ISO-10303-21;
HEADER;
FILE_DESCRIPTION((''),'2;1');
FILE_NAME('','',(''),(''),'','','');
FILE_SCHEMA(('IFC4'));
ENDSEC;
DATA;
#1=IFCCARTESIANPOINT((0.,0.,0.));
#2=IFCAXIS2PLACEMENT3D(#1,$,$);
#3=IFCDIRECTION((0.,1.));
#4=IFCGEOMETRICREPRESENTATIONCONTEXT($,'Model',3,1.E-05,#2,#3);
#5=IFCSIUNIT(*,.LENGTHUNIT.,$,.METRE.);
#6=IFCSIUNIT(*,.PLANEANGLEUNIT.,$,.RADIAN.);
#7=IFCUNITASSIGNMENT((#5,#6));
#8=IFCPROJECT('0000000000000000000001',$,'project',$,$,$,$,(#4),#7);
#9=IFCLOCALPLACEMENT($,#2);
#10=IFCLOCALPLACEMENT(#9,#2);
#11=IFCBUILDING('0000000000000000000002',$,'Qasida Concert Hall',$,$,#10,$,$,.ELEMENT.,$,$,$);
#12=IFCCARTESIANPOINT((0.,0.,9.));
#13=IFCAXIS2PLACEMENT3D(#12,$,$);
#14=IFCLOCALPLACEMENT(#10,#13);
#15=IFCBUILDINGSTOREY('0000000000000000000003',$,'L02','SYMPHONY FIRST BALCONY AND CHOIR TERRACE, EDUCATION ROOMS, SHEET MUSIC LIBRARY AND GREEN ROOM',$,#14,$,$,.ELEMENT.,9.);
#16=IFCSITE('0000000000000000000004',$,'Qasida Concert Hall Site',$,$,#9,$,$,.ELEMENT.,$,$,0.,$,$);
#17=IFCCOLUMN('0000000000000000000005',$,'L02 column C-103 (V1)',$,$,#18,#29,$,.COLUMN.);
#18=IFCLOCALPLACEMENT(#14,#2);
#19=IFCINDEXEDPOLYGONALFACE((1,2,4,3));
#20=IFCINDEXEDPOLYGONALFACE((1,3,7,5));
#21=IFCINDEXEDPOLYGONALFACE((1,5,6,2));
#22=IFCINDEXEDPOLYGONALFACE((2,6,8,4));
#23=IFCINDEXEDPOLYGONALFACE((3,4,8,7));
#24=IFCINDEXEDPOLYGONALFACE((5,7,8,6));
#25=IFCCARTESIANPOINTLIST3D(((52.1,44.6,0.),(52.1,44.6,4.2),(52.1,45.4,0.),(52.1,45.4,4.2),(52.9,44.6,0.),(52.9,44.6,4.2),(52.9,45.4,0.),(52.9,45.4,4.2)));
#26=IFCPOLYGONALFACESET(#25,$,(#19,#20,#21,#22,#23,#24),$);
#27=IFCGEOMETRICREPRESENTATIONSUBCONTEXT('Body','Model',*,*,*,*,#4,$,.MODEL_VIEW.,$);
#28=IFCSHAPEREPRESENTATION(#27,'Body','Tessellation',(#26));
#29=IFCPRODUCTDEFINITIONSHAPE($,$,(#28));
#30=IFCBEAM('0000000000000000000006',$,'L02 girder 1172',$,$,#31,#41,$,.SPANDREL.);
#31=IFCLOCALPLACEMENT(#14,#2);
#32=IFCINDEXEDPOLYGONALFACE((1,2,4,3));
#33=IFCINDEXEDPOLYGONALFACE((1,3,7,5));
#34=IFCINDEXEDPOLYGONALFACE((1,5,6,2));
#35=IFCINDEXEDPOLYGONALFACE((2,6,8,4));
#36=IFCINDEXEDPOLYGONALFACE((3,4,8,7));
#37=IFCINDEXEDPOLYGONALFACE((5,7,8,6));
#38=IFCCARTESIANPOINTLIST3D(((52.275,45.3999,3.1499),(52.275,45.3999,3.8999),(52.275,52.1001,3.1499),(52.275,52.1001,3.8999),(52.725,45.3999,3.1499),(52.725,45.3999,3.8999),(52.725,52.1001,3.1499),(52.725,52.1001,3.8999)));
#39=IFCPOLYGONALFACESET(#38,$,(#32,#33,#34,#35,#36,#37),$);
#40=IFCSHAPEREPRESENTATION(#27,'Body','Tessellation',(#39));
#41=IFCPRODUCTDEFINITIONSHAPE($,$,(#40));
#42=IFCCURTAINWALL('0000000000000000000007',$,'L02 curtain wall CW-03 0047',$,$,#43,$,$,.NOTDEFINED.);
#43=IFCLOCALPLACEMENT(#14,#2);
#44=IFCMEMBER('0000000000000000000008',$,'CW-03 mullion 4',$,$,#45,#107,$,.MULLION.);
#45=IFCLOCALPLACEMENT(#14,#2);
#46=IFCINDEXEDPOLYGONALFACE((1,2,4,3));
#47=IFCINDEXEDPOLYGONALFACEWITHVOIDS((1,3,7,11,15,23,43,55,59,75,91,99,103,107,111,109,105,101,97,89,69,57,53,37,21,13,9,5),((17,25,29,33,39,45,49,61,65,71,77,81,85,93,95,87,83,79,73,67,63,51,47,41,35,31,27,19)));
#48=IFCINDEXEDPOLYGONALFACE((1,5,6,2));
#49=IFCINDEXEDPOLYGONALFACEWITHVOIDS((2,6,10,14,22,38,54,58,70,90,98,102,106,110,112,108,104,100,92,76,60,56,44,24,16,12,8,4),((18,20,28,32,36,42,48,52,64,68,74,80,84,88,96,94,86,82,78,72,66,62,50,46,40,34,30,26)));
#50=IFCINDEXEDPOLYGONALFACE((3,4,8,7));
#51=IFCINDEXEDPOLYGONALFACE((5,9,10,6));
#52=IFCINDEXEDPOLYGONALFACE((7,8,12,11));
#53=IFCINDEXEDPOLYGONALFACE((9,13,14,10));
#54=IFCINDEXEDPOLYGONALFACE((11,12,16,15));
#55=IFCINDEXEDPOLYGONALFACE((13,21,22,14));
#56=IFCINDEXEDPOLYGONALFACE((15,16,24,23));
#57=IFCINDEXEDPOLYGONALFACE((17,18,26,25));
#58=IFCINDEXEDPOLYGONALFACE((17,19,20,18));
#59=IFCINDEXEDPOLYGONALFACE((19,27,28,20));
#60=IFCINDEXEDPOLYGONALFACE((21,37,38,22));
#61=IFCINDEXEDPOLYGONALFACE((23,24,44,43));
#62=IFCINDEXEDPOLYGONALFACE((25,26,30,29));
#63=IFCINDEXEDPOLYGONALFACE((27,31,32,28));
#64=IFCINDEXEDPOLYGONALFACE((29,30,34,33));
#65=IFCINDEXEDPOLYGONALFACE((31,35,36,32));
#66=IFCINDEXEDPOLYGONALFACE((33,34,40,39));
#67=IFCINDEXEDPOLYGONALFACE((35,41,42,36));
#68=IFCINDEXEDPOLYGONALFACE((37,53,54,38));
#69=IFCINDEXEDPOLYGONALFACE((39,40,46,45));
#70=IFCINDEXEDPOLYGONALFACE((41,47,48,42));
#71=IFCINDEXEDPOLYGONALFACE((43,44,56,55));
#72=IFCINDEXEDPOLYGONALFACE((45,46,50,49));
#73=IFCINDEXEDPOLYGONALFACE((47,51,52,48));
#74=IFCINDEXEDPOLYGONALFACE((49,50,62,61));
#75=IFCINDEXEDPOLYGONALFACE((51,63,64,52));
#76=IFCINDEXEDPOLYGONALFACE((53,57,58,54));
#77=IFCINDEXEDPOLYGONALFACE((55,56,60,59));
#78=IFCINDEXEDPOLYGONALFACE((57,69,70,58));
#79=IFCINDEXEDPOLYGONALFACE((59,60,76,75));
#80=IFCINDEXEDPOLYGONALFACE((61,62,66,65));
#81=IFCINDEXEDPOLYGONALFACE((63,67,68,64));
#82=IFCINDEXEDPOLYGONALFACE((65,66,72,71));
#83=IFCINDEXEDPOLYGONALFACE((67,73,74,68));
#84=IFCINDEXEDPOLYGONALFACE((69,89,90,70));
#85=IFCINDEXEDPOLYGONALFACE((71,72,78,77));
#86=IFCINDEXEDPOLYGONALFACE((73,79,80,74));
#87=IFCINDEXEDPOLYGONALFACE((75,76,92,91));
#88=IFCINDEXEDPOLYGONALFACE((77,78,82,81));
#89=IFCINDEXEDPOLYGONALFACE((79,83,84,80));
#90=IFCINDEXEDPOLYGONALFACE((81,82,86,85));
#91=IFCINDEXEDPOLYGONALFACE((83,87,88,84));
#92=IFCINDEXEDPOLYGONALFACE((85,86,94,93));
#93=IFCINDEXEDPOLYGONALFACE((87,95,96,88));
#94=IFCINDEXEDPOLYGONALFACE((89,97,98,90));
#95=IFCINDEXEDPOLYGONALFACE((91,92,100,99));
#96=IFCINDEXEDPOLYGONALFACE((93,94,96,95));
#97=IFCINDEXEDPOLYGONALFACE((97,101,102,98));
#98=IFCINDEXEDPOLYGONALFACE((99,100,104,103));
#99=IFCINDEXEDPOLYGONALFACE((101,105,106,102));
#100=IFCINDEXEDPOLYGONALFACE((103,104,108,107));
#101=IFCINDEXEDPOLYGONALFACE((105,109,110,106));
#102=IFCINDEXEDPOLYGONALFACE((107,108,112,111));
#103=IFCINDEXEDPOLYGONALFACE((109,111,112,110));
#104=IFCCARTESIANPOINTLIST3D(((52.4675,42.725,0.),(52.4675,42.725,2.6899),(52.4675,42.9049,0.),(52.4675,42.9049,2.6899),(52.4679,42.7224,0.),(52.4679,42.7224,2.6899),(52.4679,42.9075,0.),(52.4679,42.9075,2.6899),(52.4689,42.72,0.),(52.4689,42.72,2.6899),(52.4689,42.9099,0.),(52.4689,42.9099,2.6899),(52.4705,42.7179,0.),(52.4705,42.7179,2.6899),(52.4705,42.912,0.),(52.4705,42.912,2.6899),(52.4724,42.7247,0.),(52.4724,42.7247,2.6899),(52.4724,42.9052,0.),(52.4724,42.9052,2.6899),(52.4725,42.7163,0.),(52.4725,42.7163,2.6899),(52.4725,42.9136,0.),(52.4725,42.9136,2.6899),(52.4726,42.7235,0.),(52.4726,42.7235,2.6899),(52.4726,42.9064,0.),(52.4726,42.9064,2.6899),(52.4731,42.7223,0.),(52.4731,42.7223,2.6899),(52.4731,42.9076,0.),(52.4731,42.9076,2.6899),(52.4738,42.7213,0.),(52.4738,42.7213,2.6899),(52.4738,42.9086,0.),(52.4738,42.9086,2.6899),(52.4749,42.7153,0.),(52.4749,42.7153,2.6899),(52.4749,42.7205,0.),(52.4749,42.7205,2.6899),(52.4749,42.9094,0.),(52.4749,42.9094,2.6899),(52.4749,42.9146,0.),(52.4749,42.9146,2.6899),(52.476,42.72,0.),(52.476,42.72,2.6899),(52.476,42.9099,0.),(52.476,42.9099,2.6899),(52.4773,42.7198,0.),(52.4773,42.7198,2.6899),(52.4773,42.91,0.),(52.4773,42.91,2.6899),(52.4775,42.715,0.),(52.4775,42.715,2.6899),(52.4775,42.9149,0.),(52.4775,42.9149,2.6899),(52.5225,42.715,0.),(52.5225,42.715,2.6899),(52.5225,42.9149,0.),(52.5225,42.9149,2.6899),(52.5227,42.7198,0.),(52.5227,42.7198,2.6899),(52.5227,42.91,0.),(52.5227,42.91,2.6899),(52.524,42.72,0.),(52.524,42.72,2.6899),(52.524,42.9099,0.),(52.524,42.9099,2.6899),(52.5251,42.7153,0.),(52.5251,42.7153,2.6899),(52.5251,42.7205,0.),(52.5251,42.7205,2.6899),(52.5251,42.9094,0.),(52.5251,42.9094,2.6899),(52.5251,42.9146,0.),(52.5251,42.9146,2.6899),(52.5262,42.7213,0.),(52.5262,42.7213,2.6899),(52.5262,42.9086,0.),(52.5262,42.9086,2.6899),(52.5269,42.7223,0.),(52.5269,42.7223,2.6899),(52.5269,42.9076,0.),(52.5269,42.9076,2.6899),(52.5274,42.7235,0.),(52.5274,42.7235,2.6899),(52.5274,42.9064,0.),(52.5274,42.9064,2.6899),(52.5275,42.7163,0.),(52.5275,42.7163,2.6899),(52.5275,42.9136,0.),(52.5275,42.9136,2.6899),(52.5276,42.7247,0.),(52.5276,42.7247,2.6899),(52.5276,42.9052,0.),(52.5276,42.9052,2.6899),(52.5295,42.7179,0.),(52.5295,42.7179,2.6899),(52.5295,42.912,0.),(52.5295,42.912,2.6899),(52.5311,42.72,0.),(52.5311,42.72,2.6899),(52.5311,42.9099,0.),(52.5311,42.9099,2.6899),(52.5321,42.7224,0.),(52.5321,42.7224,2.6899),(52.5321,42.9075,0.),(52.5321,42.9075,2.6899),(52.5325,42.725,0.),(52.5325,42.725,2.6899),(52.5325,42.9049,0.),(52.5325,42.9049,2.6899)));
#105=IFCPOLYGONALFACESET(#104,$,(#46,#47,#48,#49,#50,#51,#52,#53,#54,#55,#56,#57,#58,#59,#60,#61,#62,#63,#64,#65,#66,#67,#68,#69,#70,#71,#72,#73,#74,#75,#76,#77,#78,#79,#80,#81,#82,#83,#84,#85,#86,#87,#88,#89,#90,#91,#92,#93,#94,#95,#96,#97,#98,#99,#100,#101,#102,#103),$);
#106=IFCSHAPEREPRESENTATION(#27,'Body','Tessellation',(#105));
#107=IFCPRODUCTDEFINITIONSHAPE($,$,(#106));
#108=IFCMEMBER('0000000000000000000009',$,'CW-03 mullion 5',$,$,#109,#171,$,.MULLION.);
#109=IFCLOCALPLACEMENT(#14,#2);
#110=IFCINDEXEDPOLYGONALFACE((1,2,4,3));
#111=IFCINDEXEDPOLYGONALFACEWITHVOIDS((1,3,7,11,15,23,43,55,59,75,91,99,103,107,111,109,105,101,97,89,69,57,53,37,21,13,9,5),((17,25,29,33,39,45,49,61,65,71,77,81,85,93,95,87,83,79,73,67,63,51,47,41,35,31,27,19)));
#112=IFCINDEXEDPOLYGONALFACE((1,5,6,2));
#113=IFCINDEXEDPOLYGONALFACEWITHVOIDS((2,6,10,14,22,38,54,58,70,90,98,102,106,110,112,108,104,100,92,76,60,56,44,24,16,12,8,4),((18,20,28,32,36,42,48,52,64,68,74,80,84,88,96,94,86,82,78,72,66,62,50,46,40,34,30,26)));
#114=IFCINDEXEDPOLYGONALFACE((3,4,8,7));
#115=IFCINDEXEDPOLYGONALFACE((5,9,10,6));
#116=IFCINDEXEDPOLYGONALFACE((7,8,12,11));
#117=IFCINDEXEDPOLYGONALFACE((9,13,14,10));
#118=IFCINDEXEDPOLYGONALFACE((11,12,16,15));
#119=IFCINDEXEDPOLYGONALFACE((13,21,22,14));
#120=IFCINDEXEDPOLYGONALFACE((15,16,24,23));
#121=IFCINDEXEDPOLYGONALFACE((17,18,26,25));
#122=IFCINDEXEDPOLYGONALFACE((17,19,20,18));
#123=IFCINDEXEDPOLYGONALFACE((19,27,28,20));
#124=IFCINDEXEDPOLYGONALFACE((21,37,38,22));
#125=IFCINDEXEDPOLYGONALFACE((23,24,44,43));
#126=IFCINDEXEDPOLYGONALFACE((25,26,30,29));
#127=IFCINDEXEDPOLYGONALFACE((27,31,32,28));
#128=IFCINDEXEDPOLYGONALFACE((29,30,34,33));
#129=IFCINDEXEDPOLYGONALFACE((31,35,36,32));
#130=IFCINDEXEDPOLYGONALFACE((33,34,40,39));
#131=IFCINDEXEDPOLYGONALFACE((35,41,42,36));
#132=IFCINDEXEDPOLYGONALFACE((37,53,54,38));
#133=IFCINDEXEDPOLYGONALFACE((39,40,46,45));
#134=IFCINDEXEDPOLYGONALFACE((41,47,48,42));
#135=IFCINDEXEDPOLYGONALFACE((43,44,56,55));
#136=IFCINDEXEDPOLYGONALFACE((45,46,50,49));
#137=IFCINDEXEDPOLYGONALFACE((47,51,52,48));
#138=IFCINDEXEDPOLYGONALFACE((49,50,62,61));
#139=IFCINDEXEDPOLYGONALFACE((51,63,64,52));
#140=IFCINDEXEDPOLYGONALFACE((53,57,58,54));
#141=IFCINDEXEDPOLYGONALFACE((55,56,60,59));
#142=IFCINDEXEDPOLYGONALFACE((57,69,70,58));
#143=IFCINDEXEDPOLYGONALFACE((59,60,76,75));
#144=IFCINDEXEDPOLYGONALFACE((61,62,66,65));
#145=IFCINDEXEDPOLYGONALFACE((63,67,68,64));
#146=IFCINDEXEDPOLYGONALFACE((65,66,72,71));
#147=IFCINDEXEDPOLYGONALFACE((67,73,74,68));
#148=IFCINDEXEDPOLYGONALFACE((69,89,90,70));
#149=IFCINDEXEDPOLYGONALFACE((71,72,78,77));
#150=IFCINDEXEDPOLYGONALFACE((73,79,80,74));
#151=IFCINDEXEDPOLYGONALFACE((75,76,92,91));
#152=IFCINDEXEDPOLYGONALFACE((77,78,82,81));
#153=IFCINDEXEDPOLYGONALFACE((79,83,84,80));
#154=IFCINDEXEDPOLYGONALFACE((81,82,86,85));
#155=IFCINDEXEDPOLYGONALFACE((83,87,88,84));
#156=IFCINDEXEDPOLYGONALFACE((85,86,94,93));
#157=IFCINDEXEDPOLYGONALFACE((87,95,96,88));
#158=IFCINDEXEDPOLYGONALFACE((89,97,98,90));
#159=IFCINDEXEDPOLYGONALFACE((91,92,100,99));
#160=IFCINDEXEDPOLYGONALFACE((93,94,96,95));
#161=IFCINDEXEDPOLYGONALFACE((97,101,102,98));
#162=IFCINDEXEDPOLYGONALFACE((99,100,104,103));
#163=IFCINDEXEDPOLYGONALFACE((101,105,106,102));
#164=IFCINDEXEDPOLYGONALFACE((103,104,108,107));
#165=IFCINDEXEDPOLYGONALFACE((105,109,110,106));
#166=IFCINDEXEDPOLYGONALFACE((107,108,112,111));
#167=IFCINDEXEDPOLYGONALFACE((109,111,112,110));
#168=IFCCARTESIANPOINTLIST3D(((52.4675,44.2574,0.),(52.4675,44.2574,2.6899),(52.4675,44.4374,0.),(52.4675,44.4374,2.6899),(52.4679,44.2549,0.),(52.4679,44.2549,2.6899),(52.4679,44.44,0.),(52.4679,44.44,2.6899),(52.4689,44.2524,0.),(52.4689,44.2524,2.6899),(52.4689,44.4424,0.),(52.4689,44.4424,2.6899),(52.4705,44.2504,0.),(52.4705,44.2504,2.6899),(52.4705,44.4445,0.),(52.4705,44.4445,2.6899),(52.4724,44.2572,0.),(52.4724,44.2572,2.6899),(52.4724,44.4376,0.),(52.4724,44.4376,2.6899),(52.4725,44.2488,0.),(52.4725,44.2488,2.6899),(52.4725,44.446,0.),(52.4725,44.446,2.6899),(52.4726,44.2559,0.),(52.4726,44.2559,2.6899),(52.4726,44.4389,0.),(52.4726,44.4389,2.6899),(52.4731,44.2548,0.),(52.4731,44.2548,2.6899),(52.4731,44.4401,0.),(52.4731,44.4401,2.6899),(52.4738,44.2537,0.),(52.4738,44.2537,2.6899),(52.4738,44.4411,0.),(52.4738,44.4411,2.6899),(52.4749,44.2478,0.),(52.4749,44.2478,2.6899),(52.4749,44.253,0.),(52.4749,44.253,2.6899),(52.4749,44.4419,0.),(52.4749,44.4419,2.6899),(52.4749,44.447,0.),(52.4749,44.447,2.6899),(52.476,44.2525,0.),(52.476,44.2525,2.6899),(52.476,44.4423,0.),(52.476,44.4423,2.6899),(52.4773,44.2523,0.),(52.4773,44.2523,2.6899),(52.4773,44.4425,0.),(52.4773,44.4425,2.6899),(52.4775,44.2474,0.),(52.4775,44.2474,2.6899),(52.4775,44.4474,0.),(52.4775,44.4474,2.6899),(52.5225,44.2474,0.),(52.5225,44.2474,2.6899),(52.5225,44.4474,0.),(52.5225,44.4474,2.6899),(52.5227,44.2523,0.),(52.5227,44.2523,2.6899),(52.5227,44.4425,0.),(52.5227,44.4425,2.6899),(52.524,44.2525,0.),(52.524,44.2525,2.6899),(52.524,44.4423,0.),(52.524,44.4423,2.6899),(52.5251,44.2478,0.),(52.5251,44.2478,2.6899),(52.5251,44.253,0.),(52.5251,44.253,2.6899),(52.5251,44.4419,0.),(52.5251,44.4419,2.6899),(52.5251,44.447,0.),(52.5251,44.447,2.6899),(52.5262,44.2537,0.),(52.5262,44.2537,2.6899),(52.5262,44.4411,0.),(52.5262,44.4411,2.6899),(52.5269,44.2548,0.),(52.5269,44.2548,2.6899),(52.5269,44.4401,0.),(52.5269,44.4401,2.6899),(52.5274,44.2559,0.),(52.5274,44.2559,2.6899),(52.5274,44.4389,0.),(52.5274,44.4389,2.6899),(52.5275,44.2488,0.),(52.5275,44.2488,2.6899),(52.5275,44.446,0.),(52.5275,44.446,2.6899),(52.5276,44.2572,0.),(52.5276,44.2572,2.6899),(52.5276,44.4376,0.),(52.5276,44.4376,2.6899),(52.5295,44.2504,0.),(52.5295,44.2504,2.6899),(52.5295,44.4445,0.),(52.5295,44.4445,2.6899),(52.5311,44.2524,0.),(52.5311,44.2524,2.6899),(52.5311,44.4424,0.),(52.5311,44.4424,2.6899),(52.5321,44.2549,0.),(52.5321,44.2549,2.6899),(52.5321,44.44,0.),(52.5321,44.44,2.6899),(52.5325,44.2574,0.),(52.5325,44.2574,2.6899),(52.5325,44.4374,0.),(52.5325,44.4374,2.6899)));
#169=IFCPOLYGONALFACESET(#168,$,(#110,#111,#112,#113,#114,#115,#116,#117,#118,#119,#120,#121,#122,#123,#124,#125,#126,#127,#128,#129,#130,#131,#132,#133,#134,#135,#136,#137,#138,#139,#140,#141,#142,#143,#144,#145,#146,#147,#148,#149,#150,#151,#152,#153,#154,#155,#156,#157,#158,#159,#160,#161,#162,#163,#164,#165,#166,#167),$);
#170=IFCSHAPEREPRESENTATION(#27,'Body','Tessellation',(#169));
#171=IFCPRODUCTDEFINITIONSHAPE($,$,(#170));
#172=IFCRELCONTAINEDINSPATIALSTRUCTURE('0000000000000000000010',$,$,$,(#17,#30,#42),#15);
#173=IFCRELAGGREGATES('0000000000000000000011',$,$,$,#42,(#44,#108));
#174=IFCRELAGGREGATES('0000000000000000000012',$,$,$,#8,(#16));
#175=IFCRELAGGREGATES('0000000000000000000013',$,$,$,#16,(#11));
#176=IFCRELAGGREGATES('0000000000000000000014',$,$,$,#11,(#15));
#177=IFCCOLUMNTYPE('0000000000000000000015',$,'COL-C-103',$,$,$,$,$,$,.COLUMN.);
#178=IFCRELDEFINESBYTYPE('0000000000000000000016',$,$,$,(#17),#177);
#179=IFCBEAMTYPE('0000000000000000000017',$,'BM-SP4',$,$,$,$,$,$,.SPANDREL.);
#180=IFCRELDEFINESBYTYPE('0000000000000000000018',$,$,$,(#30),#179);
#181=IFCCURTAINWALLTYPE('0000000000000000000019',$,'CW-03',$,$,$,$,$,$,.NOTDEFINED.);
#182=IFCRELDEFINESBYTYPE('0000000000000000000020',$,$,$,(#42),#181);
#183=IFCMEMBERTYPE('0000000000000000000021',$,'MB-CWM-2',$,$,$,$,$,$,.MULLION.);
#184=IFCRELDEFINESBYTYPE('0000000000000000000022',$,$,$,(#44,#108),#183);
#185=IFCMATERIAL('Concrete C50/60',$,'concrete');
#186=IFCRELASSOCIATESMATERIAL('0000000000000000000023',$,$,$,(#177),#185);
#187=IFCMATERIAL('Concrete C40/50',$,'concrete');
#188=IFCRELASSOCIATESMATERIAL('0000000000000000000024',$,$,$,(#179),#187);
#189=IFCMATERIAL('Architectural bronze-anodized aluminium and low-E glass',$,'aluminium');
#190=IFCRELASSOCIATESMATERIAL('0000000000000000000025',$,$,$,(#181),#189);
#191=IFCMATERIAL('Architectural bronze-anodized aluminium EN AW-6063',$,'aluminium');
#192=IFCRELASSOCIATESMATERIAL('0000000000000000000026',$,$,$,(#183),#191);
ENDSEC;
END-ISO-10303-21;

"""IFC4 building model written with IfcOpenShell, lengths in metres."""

from ifc_helpers import new_model, si_unit, direction, frame, origin, origin_2d, place, context, subcontext, project, spatial, rectangle, hollow_rectangle, extrude, material, material_profile, profile_set, type_object, element, aggregate, save


model = new_model("IFC4")

# Units and contexts
model_context = context("Model", 3, precision=1e-05, world=origin(), true_north=direction((0.0, 1.0)))
body_context = subcontext(model_context, "Body", "Model", "MODEL_VIEW")
ifc_project = project(units=[si_unit("LENGTHUNIT", "METRE"), si_unit("PLANEANGLEUNIT", "RADIAN")], contexts=[model_context])

# Site, building, storey
site_placement = place(None, origin())
site = spatial("IfcSite", under=ifc_project, at=site_placement, Name="Qasida Concert Hall Site", CompositionType="ELEMENT", RefElevation=0.0)
building_placement = place(site_placement, origin())
building = spatial("IfcBuilding", under=site, at=building_placement, Name="Qasida Concert Hall", CompositionType="ELEMENT")
storey_placement = place(building_placement, frame((0.0, 0.0, 9.0)))
storey = spatial("IfcBuildingStorey", under=building, at=storey_placement, Name="L02", Description="SYMPHONY FIRST BALCONY AND CHOIR TERRACE, EDUCATION ROOMS, SHEET MUSIC LIBRARY AND GREEN ROOM", CompositionType="ELEMENT", Elevation=9.0)

# Column
ifc_material_1 = material(Name="Concrete C50/60", Category="concrete")
ifc_material_profile_1 = material_profile(ifc_material_1, rectangle(XDim=0.8, YDim=0.8, at=origin_2d()), Name="RC 800x800")
ifc_profile_set_1 = profile_set([ifc_material_profile_1], Name="Concrete C50/60")
column_type = type_object("IfcColumnType", Name="COL-C-103", PredefinedType="COLUMN", material=ifc_profile_set_1)
column_placement = place(storey_placement, frame((52.5, 45.0, 0.0), z_axis=(0.0, 0.0, 1.0), x_axis=(1.0, 0.0, 0.0)))
element("IfcColumn", 1, at=column_placement, inside=storey, type_object=column_type, Name="L02 column C-103 (V1)", PredefinedType="COLUMN", context=body_context, shape_type="SweptSolid", body=[
    extrude(rectangle(XDim=0.8, YDim=0.8, at=origin_2d()), origin(), (0.0, 0.0, 1.0), 4.2),
])

# Beam
ifc_material_2 = material(Name="Concrete C40/50", Category="concrete")
ifc_material_profile_2 = material_profile(ifc_material_2, rectangle(XDim=0.45, YDim=0.75, at=origin_2d()), Name="RC 450x750")
ifc_profile_set_2 = profile_set([ifc_material_profile_2], Name="Concrete C40/50")
beam_type = type_object("IfcBeamType", Name="BM-SP4", PredefinedType="SPANDREL", material=ifc_profile_set_2)
beam_placement = place(storey_placement, frame((52.5, 45.3999, 3.5249), z_axis=(0.0, 1.0, 0.0), x_axis=(-1.0, 0.0, 0.0)))
element("IfcBeam", 2, at=beam_placement, inside=storey, type_object=beam_type, Name="L02 girder 1172", PredefinedType="SPANDREL", context=body_context, shape_type="SweptSolid", body=[
    extrude(rectangle(XDim=0.45, YDim=0.75, at=origin_2d()), origin(), (0.0, 0.0, 1.0), 6.7002),
])

# Curtain wall, members
ifc_material_3 = material(Name="Architectural bronze-anodized aluminium and low-E glass", Category="aluminium")
curtain_wall_type_1 = type_object("IfcCurtainWallType", Name="CW-03", PredefinedType="NOTDEFINED", material=ifc_material_3)
curtain_wall_1_placement = place(storey_placement, origin())
curtain_wall_1 = element("IfcCurtainWall", 3, at=curtain_wall_1_placement, inside=storey, type_object=curtain_wall_type_1, Name="L02 curtain wall CW-03 0047", PredefinedType="NOTDEFINED")
ifc_material_4 = material(Name="Architectural bronze-anodized aluminium EN AW-6063", Category="aluminium")
ifc_material_profile_3 = material_profile(ifc_material_4, hollow_rectangle(XDim=0.0649, YDim=0.2, WallThickness=0.0049, InnerFilletRadius=0.0049, OuterFilletRadius=0.01, at=origin_2d()), Name="CWM 200x65x5")
ifc_profile_set_3 = profile_set([ifc_material_profile_3], Name="Architectural bronze-anodized aluminium EN AW-6063")
member_type_1 = type_object("IfcMemberType", Name="MB-CWM-2", PredefinedType="MULLION", material=ifc_profile_set_3)
member_1_placement = place(storey_placement, frame((52.5, 42.8149, 0.0), z_axis=(0.0, 0.0, 1.0), x_axis=(-1.0, 0.0, 0.0)))
member_1 = element("IfcMember", 4, at=member_1_placement, type_object=member_type_1, Name="CW-03 mullion 4", PredefinedType="MULLION", context=body_context, shape_type="SweptSolid", body=[
    extrude(hollow_rectangle(XDim=0.0649, YDim=0.2, WallThickness=0.0049, InnerFilletRadius=0.0049, OuterFilletRadius=0.01, at=origin_2d()), origin(), (0.0, 0.0, 1.0), 2.6899),
])
member_2_placement = place(storey_placement, frame((52.5, 44.3474, 0.0), z_axis=(0.0, 0.0, 1.0), x_axis=(-1.0, 0.0, 0.0)))
member_2 = element("IfcMember", 5, at=member_2_placement, type_object=member_type_1, Name="CW-03 mullion 5", PredefinedType="MULLION", context=body_context, shape_type="SweptSolid", body=[
    extrude(hollow_rectangle(XDim=0.0649, YDim=0.2, WallThickness=0.0049, InnerFilletRadius=0.0049, OuterFilletRadius=0.01, at=origin_2d()), origin(), (0.0, 0.0, 1.0), 2.6899),
])

aggregate(curtain_wall_1, [member_1, member_2])

save(model, "model.ifc")
